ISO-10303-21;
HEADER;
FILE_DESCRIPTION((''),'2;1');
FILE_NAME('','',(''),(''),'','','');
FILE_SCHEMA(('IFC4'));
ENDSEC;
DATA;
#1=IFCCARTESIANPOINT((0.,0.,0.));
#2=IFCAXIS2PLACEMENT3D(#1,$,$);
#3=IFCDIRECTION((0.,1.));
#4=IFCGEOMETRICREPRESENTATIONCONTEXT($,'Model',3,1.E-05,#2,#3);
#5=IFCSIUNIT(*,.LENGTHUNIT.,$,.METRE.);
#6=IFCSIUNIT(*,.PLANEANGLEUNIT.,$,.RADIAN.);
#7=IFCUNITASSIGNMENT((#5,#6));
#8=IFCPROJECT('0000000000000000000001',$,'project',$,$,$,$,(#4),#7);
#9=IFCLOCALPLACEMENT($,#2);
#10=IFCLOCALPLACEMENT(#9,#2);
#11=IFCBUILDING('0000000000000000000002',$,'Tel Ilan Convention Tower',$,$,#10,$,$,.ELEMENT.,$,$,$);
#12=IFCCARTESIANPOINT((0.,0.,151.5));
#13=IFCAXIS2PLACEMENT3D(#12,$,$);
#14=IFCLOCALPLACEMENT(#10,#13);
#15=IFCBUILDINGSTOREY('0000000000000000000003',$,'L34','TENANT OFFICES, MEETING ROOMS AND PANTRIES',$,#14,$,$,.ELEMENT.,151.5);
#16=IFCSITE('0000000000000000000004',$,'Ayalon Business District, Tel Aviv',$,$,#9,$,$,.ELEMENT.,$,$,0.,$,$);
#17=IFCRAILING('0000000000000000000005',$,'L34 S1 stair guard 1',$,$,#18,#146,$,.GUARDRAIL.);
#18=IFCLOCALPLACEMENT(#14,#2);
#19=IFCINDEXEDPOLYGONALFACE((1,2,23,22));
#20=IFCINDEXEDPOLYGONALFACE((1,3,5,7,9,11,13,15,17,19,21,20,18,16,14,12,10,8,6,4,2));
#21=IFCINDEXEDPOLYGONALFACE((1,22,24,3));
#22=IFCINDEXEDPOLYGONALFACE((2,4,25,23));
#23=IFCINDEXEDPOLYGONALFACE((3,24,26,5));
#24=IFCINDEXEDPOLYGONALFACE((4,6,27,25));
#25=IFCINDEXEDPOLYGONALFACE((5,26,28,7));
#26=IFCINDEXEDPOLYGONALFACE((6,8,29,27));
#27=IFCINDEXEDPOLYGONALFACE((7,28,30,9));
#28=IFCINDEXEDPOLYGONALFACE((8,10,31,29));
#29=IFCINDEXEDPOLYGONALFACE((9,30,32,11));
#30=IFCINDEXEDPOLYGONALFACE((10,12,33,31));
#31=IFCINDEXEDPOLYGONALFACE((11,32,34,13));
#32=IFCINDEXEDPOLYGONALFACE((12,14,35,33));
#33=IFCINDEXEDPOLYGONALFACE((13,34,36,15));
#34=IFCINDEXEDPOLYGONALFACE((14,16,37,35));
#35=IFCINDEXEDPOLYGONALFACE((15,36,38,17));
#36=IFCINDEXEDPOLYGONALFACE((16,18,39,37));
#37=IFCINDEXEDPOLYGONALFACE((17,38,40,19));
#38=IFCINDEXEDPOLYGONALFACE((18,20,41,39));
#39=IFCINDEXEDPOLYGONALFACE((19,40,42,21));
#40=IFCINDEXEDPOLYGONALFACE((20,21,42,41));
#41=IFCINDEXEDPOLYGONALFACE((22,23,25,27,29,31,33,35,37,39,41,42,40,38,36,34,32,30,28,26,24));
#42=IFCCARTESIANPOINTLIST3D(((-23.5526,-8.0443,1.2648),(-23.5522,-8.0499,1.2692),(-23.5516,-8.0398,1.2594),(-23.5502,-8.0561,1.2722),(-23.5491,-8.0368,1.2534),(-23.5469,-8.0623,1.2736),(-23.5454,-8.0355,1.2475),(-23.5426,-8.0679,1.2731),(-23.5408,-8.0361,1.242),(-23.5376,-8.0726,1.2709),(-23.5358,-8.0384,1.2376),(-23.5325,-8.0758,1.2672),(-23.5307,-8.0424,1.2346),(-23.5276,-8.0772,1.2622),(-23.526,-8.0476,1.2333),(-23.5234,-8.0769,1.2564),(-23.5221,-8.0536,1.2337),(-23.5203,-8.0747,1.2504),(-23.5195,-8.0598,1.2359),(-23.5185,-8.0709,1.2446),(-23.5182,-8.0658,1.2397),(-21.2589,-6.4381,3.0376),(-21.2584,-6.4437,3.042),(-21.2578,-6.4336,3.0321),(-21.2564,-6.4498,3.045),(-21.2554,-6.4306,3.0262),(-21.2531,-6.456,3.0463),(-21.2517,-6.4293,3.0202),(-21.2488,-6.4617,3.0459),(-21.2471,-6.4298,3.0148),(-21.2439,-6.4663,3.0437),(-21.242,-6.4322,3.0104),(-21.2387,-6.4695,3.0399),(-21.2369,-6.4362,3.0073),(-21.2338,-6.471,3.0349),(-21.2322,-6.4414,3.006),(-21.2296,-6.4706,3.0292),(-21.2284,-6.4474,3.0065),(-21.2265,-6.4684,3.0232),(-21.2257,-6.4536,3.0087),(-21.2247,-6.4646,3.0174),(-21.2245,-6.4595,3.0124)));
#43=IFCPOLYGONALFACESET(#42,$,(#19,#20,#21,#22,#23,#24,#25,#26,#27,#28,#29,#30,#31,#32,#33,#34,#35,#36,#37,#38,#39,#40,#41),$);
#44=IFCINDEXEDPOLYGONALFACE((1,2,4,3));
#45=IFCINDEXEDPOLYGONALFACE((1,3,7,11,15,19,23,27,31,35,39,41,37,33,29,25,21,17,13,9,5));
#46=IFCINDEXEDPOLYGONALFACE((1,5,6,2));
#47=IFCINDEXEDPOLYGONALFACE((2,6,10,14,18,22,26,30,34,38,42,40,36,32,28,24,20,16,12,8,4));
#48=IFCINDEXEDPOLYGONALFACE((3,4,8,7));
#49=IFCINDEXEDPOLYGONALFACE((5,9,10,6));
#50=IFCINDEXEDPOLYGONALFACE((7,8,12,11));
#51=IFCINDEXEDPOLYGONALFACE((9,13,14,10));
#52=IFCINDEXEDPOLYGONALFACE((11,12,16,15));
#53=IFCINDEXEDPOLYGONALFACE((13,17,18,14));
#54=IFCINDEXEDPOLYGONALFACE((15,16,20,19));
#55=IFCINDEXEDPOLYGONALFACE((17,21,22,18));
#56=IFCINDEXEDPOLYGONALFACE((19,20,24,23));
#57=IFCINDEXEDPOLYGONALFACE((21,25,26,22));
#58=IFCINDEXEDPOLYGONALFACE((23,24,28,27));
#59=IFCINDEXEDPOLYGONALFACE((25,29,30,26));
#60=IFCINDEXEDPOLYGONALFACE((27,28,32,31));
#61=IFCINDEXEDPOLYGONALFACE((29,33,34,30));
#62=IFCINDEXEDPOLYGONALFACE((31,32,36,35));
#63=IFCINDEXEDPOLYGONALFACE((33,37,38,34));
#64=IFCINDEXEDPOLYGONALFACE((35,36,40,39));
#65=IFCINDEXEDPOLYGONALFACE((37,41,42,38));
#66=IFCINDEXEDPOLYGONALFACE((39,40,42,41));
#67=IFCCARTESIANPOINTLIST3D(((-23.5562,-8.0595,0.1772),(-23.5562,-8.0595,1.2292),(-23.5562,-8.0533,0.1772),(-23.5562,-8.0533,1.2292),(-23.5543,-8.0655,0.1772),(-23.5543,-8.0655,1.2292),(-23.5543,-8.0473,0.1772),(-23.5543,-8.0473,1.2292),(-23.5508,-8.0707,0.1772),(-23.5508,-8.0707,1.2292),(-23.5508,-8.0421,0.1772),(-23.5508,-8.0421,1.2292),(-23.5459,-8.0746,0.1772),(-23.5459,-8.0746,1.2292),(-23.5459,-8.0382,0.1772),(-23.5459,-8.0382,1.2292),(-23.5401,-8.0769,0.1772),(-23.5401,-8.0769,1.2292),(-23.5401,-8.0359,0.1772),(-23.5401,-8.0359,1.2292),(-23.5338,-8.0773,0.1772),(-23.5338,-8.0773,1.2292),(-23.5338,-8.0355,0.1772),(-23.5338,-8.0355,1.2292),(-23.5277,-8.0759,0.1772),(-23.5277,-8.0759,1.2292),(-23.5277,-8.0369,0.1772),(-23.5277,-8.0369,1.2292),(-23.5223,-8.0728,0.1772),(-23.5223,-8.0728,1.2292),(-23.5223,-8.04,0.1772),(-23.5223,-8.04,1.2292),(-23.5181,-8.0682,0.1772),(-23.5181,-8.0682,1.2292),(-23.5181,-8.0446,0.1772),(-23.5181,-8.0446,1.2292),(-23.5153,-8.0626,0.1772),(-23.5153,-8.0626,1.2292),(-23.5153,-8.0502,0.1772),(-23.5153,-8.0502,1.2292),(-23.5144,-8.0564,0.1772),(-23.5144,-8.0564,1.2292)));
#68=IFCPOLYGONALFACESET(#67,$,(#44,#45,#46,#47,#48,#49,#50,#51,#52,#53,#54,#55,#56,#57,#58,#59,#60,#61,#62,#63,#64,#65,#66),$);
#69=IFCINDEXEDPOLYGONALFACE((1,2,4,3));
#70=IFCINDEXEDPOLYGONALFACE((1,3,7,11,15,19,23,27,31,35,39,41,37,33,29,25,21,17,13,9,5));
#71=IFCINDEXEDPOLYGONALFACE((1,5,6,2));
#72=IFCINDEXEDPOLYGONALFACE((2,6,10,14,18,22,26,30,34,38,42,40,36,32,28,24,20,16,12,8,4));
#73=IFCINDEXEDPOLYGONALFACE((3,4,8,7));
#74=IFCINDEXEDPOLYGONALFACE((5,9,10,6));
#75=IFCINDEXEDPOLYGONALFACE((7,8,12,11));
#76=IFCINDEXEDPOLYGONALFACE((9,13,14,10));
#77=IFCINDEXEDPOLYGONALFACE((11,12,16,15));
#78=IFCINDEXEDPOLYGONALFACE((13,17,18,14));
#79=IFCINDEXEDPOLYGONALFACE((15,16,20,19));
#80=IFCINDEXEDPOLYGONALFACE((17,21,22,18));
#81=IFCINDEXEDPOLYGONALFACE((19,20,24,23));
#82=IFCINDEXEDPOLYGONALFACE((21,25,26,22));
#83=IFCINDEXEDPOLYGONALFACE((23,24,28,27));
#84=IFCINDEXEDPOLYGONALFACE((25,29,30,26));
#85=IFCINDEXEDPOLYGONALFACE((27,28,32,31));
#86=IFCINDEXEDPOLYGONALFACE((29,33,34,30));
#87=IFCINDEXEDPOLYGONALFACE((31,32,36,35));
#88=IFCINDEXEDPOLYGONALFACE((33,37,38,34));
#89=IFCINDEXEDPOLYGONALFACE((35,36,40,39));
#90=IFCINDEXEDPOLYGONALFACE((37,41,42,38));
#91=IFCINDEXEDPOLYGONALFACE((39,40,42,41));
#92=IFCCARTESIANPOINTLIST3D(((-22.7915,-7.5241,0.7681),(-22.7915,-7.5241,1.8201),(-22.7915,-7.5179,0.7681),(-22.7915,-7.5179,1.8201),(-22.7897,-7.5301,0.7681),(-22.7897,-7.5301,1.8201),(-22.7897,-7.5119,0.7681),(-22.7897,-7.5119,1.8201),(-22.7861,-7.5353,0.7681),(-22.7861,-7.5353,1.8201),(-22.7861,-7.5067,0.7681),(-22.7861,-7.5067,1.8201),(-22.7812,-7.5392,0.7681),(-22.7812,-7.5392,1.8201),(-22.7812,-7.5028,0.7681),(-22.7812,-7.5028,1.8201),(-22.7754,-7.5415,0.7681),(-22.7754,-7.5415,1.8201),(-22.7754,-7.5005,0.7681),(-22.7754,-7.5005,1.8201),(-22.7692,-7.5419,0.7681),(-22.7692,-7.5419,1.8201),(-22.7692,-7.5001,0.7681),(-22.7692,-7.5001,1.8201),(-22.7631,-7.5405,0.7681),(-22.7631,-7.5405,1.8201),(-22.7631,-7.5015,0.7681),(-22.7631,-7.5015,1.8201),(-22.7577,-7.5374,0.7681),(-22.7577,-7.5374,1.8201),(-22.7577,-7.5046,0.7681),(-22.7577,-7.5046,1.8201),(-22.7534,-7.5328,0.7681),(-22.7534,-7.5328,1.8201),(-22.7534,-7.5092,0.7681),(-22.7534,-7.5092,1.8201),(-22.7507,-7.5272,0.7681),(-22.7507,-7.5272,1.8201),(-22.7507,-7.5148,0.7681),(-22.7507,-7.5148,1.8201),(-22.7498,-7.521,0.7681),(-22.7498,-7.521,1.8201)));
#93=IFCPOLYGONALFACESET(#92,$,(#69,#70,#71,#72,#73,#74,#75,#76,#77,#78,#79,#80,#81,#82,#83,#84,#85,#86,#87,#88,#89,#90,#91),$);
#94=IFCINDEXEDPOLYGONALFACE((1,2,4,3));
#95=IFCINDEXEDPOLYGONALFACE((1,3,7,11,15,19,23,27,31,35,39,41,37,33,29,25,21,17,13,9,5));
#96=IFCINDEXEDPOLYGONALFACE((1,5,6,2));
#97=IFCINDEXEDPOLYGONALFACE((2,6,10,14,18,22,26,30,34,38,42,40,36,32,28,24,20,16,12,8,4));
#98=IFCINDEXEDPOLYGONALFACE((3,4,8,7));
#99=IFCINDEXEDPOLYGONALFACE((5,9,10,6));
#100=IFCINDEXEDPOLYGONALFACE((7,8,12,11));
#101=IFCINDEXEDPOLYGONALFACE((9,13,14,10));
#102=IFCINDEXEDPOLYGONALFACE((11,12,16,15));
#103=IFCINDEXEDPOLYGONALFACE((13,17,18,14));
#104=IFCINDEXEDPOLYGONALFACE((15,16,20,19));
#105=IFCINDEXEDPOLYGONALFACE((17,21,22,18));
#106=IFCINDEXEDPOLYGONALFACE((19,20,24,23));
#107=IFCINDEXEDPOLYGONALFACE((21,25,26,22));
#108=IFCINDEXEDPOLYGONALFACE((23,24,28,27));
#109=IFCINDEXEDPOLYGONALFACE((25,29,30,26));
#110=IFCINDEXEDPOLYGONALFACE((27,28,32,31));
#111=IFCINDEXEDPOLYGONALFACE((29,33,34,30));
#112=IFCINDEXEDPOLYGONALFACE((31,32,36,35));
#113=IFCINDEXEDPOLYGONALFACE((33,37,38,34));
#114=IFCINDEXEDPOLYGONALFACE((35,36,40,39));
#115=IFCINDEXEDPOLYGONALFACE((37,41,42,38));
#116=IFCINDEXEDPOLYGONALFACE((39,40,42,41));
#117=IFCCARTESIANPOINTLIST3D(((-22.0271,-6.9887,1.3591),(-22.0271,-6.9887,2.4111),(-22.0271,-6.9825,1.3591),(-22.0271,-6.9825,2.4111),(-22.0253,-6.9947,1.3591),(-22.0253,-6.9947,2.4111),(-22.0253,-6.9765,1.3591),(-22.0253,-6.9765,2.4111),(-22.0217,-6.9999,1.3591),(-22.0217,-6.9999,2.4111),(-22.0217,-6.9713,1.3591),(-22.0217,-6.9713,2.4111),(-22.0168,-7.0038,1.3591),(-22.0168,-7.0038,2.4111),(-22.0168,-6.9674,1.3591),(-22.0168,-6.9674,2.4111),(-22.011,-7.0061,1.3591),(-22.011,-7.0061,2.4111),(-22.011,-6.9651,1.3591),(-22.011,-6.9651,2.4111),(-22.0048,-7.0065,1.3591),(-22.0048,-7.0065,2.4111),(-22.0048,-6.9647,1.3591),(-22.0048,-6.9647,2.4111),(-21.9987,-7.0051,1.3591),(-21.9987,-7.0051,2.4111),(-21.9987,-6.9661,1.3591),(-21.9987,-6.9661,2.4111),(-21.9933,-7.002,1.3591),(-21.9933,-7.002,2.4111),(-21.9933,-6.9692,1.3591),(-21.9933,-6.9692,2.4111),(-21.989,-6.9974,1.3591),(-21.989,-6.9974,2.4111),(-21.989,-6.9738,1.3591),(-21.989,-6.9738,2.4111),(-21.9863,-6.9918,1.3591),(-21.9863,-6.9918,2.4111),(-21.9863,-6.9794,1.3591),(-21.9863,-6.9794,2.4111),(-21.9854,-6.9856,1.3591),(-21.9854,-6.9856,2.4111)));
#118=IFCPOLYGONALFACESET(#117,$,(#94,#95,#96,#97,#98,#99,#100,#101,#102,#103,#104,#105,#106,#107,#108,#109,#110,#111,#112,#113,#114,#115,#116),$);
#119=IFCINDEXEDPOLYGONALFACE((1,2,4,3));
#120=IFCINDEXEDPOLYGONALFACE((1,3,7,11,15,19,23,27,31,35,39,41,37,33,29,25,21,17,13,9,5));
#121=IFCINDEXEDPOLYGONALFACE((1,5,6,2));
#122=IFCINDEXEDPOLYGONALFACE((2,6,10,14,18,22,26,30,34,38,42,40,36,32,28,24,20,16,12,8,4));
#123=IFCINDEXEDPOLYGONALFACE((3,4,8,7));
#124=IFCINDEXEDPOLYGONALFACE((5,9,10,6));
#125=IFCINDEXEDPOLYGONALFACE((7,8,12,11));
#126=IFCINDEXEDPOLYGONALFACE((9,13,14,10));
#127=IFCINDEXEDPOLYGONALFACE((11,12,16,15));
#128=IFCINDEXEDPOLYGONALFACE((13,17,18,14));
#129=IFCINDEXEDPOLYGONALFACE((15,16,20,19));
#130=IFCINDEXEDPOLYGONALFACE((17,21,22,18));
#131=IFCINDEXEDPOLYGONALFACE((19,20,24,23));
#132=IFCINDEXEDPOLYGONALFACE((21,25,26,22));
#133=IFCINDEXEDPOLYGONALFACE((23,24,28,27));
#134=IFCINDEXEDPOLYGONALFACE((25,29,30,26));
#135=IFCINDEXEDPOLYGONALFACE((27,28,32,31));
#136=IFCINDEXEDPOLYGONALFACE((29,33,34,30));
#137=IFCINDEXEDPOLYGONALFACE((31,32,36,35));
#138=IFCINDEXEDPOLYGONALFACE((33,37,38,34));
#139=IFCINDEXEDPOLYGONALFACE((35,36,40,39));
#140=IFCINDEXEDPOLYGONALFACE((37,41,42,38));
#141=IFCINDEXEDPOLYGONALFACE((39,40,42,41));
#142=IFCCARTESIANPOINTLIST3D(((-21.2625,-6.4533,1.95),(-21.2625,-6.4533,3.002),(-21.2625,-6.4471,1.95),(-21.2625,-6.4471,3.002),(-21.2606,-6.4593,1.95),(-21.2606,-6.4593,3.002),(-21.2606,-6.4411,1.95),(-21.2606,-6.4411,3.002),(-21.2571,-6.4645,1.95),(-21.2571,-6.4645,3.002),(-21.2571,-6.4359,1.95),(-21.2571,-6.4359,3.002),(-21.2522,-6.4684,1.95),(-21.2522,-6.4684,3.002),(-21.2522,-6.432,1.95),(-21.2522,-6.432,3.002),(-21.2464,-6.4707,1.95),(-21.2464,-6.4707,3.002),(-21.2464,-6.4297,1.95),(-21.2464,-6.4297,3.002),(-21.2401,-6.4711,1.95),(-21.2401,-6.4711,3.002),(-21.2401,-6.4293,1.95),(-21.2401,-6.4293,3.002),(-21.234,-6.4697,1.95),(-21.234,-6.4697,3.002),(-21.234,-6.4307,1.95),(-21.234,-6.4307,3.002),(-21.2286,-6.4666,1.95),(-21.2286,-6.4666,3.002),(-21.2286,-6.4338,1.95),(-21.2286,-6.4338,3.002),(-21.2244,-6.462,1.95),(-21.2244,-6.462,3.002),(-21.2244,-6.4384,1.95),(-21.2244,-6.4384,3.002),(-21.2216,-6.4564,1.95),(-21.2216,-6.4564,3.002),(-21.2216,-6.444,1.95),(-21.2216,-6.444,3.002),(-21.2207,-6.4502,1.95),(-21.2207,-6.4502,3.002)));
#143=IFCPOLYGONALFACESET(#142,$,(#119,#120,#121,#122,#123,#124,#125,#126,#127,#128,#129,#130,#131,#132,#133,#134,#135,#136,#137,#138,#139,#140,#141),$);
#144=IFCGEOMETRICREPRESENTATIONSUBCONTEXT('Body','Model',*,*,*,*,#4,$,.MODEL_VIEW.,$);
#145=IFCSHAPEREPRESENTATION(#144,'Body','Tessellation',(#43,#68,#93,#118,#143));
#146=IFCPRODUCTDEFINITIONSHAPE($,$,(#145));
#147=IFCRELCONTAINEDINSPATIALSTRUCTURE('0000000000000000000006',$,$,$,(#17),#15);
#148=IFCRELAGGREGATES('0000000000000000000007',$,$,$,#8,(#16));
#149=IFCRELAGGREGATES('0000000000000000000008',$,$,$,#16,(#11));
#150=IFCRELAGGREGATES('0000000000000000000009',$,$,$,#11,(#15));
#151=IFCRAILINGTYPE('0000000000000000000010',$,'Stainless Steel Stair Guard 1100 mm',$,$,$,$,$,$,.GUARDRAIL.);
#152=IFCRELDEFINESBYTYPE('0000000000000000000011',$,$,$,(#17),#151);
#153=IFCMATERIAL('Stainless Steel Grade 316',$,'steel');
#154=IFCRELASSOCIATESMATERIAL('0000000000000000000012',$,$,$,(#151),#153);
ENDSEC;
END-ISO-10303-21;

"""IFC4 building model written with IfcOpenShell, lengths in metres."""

from ifc_helpers import new_model, si_unit, direction, frame, origin, origin_2d, place, context, subcontext, project, spatial, circle, extrude, material, type_object, element, save


model = new_model("IFC4")

# Units and contexts
model_context = context("Model", 3, precision=1e-05, world=origin(), true_north=direction((0.0, 1.0)))
body_context = subcontext(model_context, "Body", "Model", "MODEL_VIEW")
ifc_project = project(units=[si_unit("LENGTHUNIT", "METRE"), si_unit("PLANEANGLEUNIT", "RADIAN")], contexts=[model_context])

# Site, building, storey
site_placement = place(None, origin())
site = spatial("IfcSite", under=ifc_project, at=site_placement, Name="Ayalon Business District, Tel Aviv", CompositionType="ELEMENT", RefElevation=0.0)
building_placement = place(site_placement, origin())
building = spatial("IfcBuilding", under=site, at=building_placement, Name="Tel Ilan Convention Tower", CompositionType="ELEMENT")
storey_placement = place(building_placement, frame((0.0, 0.0, 151.5)))
storey = spatial("IfcBuildingStorey", under=building, at=storey_placement, Name="L34", Description="TENANT OFFICES, MEETING ROOMS AND PANTRIES", CompositionType="ELEMENT", Elevation=151.5)

# Railing
ifc_material_1 = material(Name="Stainless Steel Grade 316", Category="steel")
railing_type_1 = type_object("IfcRailingType", Name="Stainless Steel Stair Guard 1100 mm", PredefinedType="GUARDRAIL", material=ifc_material_1)
railing_1_placement = place(storey_placement, frame((-23.5354, -8.0564, 0.1772)))
element("IfcRailing", 1, at=railing_1_placement, inside=storey, type_object=railing_type_1, Name="L34 S1 stair guard 1", PredefinedType="GUARDRAIL", context=body_context, shape_type="SweptSolid", body=[
    extrude(circle(Radius=0.0239, at=origin_2d()), frame((0.0, 0.0, 1.0762), z_axis=(0.692098, 0.484653, 0.534894), x_axis=(-0.573609, 0.81913, 0.0)), (0.0, 0.0, 1.0), 3.3142),
    extrude(circle(Radius=0.021, at=origin_2d()), origin(), (0.0, 0.0, 1.0), 1.052),
    extrude(circle(Radius=0.021, at=origin_2d()), frame((0.7646, 0.5354, 0.5908)), (0.0, 0.0, 1.0), 1.052),
    extrude(circle(Radius=0.021, at=origin_2d()), frame((1.5291, 1.0708, 1.1819)), (0.0, 0.0, 1.0), 1.052),
    extrude(circle(Radius=0.021, at=origin_2d()), frame((2.2937, 1.6062, 1.7727)), (0.0, 0.0, 1.0), 1.052),
])

save(model, "model.ifc")
